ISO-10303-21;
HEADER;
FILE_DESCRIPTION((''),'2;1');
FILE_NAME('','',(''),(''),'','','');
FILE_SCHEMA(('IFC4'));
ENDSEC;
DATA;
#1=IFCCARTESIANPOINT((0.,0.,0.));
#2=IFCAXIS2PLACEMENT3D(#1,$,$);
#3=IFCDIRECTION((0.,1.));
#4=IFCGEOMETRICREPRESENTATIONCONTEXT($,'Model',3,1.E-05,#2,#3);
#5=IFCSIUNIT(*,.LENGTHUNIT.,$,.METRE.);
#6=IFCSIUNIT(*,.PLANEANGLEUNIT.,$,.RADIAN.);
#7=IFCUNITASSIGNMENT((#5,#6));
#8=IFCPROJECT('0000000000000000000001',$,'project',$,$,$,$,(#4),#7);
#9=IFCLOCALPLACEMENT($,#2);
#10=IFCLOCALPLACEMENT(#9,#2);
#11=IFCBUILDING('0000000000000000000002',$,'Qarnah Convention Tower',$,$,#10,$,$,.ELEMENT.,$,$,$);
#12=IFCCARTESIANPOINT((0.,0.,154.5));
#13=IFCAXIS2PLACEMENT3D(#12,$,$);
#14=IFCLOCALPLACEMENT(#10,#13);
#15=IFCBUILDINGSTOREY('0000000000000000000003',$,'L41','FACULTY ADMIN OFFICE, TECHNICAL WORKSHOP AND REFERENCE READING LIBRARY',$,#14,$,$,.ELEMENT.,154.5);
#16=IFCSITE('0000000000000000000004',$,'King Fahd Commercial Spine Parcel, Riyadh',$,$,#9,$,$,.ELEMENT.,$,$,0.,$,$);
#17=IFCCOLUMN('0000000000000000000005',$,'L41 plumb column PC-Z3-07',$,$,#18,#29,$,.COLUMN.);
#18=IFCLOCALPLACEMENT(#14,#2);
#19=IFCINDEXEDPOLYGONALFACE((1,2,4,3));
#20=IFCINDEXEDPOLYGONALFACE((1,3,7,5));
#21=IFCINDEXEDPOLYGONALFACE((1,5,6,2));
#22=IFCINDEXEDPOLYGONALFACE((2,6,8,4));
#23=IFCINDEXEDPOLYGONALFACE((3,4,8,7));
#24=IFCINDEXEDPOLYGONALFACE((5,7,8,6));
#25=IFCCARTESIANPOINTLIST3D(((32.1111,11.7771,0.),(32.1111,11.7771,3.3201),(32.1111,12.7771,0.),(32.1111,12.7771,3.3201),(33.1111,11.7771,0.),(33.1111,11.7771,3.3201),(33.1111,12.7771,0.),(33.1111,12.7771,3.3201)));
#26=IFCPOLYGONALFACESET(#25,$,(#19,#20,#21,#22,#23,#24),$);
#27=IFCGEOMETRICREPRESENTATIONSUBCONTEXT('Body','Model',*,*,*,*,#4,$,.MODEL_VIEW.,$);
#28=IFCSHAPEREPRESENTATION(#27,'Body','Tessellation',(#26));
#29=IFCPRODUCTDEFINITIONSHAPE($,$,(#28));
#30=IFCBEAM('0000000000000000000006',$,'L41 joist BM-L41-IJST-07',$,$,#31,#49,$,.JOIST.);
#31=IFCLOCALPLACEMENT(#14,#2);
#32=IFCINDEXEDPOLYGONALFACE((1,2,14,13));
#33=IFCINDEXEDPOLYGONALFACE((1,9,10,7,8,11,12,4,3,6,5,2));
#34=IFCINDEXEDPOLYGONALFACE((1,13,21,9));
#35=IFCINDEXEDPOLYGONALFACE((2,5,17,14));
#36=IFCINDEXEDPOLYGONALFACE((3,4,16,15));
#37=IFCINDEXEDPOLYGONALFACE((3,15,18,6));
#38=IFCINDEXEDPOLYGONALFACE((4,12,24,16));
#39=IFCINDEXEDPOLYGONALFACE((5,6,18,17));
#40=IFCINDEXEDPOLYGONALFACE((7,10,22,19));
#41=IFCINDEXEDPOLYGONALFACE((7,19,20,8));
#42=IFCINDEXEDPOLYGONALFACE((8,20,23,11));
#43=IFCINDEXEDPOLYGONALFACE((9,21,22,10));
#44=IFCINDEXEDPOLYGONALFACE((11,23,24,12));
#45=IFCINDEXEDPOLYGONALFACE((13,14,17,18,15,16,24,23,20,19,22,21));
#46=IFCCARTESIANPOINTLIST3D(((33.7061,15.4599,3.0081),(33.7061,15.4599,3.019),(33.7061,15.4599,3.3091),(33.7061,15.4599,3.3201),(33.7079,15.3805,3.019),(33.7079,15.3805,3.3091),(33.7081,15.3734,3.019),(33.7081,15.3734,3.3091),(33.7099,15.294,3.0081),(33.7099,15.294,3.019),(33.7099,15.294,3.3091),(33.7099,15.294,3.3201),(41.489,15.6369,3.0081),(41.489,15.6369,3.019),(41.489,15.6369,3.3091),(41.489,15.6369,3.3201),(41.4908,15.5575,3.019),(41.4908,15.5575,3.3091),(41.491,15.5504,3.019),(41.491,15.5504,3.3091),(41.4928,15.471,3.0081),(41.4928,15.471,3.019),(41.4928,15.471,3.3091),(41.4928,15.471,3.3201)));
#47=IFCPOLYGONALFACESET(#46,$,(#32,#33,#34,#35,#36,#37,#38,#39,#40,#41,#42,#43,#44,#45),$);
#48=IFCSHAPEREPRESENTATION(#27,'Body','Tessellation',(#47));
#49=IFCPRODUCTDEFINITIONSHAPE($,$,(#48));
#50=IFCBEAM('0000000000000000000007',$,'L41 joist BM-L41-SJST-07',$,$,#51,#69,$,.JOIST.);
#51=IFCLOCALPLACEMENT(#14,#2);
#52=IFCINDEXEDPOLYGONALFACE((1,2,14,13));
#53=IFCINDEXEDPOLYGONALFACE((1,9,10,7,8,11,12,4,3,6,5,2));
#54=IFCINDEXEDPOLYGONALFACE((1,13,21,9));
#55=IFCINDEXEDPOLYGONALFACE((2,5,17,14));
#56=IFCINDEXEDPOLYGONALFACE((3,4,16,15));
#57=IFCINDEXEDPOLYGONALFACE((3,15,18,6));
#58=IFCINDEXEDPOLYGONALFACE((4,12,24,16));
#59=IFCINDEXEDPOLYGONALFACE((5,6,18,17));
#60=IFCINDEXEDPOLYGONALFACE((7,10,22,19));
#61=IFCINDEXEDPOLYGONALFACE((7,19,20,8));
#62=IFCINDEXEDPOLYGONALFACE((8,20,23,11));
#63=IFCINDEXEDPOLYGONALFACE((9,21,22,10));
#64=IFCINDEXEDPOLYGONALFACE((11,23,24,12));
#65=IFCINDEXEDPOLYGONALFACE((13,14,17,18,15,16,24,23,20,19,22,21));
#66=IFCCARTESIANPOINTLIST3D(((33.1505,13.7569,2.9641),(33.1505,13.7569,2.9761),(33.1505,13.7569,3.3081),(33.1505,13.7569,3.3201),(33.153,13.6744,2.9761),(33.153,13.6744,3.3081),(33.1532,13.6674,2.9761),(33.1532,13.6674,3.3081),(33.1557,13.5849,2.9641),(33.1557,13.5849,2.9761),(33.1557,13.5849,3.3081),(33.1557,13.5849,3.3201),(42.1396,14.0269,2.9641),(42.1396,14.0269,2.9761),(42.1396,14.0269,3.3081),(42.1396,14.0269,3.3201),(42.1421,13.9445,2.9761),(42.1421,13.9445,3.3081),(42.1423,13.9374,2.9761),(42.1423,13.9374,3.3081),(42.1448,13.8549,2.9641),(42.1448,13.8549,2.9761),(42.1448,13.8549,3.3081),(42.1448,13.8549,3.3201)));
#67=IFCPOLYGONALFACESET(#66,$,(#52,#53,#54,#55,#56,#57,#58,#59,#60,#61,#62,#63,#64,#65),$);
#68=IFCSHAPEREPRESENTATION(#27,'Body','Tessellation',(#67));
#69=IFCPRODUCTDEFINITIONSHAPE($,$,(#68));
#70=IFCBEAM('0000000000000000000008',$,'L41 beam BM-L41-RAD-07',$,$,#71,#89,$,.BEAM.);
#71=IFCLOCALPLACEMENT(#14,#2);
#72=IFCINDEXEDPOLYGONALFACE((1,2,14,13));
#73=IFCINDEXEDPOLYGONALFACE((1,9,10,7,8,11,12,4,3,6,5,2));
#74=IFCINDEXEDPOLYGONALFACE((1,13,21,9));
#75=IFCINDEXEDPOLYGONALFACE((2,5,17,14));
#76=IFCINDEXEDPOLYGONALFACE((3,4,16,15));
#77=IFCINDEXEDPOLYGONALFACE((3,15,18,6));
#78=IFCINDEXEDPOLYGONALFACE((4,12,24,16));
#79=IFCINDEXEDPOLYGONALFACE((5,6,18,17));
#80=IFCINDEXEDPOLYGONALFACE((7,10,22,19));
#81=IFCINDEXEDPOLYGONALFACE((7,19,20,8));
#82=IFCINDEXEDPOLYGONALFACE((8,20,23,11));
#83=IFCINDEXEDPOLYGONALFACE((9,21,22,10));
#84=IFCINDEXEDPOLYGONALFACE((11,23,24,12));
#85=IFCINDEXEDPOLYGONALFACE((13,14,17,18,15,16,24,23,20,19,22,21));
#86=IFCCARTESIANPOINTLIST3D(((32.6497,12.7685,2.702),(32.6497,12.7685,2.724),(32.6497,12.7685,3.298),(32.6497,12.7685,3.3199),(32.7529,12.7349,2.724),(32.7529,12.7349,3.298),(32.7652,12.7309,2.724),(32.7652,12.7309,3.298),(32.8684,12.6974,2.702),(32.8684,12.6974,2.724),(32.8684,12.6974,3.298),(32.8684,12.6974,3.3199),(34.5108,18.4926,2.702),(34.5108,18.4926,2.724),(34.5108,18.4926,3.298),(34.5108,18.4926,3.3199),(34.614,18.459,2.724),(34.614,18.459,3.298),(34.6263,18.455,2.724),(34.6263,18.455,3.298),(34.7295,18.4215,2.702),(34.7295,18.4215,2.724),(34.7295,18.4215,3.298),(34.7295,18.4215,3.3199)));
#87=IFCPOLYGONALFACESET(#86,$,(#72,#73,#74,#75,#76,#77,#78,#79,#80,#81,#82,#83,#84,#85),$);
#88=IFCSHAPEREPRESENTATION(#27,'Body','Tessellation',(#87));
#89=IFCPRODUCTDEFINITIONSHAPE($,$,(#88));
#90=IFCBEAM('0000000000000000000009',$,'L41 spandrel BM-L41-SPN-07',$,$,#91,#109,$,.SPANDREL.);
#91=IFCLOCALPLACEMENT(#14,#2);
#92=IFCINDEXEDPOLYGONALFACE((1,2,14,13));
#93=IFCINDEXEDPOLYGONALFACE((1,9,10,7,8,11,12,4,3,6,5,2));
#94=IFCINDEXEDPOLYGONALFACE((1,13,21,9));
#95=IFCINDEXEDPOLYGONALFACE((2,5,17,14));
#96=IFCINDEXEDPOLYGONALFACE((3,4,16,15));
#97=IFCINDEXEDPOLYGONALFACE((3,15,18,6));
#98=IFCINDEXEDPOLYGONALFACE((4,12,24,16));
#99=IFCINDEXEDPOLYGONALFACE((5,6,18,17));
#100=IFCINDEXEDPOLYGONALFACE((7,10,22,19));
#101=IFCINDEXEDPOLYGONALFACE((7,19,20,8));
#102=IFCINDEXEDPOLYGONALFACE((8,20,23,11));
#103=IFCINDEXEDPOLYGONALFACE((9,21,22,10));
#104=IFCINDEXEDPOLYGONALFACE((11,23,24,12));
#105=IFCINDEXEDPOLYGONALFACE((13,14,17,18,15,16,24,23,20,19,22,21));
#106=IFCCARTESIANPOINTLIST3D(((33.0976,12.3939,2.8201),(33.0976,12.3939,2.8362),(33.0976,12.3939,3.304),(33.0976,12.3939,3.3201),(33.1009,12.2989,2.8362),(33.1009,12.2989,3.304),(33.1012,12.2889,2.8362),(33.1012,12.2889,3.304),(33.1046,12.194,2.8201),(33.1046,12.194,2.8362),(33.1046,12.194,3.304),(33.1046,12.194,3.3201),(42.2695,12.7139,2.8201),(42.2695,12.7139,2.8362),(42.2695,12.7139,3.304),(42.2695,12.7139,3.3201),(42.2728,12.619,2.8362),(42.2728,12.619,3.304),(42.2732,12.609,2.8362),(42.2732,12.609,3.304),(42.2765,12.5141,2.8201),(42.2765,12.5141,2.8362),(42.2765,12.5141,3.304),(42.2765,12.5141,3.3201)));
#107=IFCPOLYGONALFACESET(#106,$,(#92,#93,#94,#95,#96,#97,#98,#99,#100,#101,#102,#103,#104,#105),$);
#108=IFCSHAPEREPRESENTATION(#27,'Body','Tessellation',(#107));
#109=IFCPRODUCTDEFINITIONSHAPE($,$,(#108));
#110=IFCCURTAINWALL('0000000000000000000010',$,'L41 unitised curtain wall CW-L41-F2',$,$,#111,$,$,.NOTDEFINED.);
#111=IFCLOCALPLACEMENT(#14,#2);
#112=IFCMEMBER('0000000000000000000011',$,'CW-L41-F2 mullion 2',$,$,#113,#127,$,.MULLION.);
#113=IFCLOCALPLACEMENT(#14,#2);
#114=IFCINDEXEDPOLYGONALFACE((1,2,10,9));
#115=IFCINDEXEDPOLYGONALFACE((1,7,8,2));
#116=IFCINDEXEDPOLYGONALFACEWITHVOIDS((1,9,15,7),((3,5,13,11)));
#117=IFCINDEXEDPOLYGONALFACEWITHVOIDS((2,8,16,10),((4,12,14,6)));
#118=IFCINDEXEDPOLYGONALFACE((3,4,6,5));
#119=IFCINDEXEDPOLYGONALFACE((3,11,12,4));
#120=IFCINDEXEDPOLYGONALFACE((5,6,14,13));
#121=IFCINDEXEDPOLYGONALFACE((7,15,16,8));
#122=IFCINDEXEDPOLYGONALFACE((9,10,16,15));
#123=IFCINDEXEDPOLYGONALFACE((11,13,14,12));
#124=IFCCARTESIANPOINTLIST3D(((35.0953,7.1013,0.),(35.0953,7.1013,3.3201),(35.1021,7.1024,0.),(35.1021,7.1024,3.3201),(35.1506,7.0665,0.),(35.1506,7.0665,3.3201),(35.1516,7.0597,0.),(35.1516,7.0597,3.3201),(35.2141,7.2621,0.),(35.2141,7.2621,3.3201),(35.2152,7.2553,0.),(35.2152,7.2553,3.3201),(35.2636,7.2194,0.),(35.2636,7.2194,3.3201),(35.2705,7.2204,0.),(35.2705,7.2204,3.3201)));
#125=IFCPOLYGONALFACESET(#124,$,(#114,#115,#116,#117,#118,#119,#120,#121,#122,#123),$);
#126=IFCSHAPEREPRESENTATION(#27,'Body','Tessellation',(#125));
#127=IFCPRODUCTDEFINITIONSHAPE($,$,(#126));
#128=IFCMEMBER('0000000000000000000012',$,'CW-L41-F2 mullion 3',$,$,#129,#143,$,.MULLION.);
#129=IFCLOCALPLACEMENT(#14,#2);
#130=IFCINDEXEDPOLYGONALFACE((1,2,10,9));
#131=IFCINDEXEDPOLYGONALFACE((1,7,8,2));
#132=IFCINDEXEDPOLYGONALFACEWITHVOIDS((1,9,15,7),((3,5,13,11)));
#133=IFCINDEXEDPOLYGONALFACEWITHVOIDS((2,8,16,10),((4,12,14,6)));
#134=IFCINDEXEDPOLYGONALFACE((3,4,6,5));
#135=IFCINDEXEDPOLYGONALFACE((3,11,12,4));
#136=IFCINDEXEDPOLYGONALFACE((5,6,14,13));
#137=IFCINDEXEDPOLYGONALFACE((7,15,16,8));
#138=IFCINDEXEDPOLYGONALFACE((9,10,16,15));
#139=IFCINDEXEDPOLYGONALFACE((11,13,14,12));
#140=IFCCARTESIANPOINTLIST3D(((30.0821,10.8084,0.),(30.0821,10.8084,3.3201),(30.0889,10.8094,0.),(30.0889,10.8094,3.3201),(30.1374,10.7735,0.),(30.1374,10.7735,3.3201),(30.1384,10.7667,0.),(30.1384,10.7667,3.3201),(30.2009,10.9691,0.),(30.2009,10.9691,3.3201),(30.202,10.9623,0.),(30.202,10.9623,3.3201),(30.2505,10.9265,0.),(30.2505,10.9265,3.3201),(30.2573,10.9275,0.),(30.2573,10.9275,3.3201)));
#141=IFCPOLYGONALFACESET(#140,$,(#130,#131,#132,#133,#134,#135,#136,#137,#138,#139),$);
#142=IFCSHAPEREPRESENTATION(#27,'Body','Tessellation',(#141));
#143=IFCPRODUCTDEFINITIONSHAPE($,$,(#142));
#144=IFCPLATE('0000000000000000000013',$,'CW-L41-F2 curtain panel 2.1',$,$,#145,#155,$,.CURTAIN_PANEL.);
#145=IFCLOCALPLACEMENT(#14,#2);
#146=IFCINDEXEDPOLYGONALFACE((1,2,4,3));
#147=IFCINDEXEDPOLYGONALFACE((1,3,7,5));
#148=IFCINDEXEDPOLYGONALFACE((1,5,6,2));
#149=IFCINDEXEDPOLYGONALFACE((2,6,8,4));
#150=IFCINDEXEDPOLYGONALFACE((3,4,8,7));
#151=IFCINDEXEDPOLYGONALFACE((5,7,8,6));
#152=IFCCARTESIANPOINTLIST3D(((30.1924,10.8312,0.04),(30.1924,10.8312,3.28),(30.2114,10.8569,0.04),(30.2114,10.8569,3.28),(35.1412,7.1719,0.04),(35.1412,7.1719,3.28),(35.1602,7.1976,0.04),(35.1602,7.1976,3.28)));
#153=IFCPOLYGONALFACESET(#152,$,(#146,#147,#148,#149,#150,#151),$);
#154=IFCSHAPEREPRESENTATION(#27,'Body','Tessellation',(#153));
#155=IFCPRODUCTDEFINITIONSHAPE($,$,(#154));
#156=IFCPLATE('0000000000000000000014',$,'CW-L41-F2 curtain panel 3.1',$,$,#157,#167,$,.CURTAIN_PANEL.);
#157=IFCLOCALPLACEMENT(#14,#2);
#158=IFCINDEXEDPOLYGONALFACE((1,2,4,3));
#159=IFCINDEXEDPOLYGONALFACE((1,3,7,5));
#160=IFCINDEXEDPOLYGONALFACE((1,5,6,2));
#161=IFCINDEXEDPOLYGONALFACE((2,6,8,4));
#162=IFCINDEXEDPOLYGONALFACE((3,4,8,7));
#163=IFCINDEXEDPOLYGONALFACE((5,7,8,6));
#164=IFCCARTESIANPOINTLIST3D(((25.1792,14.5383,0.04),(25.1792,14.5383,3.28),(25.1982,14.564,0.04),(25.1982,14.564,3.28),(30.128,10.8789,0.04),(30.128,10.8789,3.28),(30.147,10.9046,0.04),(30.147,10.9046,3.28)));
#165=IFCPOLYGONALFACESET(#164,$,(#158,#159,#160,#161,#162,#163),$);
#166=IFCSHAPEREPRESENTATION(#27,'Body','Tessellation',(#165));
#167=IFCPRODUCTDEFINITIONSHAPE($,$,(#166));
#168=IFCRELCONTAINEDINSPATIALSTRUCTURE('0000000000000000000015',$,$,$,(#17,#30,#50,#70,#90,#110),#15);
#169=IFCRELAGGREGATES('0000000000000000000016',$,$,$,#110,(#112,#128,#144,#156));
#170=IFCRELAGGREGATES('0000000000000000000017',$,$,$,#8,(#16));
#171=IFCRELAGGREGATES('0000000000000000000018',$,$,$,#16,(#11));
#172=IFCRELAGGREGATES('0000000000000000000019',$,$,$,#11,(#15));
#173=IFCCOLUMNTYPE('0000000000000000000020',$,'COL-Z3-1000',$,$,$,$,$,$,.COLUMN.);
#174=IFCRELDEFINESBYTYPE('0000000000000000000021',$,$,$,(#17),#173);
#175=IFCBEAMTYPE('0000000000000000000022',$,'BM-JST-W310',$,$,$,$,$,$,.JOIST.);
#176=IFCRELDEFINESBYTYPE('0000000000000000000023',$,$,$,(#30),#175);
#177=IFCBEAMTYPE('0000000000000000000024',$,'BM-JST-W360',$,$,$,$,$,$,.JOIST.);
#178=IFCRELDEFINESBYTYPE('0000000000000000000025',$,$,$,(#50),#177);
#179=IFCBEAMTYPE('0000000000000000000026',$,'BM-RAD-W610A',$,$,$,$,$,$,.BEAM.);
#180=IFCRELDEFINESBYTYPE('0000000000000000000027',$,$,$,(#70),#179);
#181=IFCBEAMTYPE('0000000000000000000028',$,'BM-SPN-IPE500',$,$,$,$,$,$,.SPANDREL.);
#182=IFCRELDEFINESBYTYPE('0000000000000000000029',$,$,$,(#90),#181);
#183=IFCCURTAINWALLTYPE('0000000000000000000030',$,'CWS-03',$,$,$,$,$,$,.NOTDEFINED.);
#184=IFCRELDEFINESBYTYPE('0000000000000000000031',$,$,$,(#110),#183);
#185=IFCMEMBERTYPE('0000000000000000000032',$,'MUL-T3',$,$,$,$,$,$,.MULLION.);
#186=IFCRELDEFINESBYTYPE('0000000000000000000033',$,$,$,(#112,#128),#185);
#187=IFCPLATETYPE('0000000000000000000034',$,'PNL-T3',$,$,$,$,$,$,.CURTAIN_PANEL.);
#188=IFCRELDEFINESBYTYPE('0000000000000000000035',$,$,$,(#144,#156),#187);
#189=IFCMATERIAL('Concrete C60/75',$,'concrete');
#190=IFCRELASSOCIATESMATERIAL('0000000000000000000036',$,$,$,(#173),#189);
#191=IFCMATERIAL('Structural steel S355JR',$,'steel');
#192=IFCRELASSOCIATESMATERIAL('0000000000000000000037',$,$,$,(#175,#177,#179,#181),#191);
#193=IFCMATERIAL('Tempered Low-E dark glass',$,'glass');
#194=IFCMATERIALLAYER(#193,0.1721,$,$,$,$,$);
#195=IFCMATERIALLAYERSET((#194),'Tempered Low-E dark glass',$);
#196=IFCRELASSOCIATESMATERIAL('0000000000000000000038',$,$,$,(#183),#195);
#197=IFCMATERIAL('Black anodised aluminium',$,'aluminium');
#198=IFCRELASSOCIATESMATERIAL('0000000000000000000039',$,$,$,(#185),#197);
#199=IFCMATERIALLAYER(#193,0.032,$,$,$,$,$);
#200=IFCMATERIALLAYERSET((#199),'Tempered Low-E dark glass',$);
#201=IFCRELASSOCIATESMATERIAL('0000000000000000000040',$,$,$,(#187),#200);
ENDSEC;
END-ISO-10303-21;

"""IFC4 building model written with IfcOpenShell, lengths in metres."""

from ifc_helpers import new_model, si_unit, direction, frame, origin, origin_2d, place, context, subcontext, project, spatial, rectangle, hollow_rectangle, i_section, extrude, material, layer, layer_set, material_profile, profile_set, type_object, element, aggregate, save


model = new_model("IFC4")

# Units and contexts
model_context = context("Model", 3, precision=1e-05, world=origin(), true_north=direction((0.0, 1.0)))
body_context = subcontext(model_context, "Body", "Model", "MODEL_VIEW")
ifc_project = project(units=[si_unit("LENGTHUNIT", "METRE"), si_unit("PLANEANGLEUNIT", "RADIAN")], contexts=[model_context])

# Site, building, storey
site_placement = place(None, origin())
site = spatial("IfcSite", under=ifc_project, at=site_placement, Name="King Fahd Commercial Spine Parcel, Riyadh", CompositionType="ELEMENT", RefElevation=0.0)
building_placement = place(site_placement, origin())
building = spatial("IfcBuilding", under=site, at=building_placement, Name="Qarnah Convention Tower", CompositionType="ELEMENT")
storey_placement = place(building_placement, frame((0.0, 0.0, 154.5)))
storey = spatial("IfcBuildingStorey", under=building, at=storey_placement, Name="L41", Description="FACULTY ADMIN OFFICE, TECHNICAL WORKSHOP AND REFERENCE READING LIBRARY", CompositionType="ELEMENT", Elevation=154.5)

# Column
ifc_material_1 = material(Name="Concrete C60/75", Category="concrete")
ifc_material_profile_1 = material_profile(ifc_material_1, rectangle(XDim=1.0, YDim=1.0, at=origin_2d()), Name="RC-COL-1000X1000")
ifc_profile_set_1 = profile_set([ifc_material_profile_1], Name="Concrete C60/75")
column_type = type_object("IfcColumnType", Name="COL-Z3-1000", PredefinedType="COLUMN", material=ifc_profile_set_1)
column_placement = place(storey_placement, frame((32.6111, 12.2771, 0.0), z_axis=(0.0, 0.0, 1.0), x_axis=(1.0, 0.0, 0.0)))
element("IfcColumn", 1, at=column_placement, inside=storey, type_object=column_type, Name="L41 plumb column PC-Z3-07", PredefinedType="COLUMN", context=body_context, shape_type="SweptSolid", body=[
    extrude(rectangle(XDim=1.0, YDim=1.0, at=origin_2d()), origin(), (0.0, 0.0, 1.0), 3.3201),
])

# Beams
ifc_material_2 = material(Name="Structural steel S355JR", Category="steel")
ifc_material_profile_2 = material_profile(ifc_material_2, i_section(OverallWidth=0.166, OverallDepth=0.312, WebThickness=0.0071, FlangeThickness=0.011, at=origin_2d()), Name="W310X45")
ifc_profile_set_2 = profile_set([ifc_material_profile_2], Name="Structural steel S355JR")
beam_type_1 = type_object("IfcBeamType", Name="BM-JST-W310", PredefinedType="JOIST", material=ifc_profile_set_2)
beam_1_placement = place(storey_placement, frame((33.708, 15.377, 3.1641), z_axis=(0.999741, 0.022736, 0.0), x_axis=(-0.022736, 0.999741, 0.0)))
element("IfcBeam", 2, at=beam_1_placement, inside=storey, type_object=beam_type_1, Name="L41 joist BM-L41-IJST-07", PredefinedType="JOIST", context=body_context, shape_type="SweptSolid", body=[
    extrude(i_section(OverallWidth=0.166, OverallDepth=0.312, WebThickness=0.0071, FlangeThickness=0.011, at=origin_2d()), origin(), (0.0, 0.0, 1.0), 7.7849),
])
ifc_material_profile_3 = material_profile(ifc_material_2, i_section(OverallWidth=0.1721, OverallDepth=0.356, WebThickness=0.0071, FlangeThickness=0.012, at=origin_2d()), Name="W360X51")
ifc_profile_set_3 = profile_set([ifc_material_profile_3], Name="Structural steel S355JR")
beam_type_2 = type_object("IfcBeamType", Name="BM-JST-W360", PredefinedType="JOIST", material=ifc_profile_set_3)
beam_2_placement = place(storey_placement, frame((33.1531, 13.6709, 3.1421), z_axis=(0.999549, 0.030025, 0.0), x_axis=(-0.030025, 0.999549, 0.0)))
element("IfcBeam", 3, at=beam_2_placement, inside=storey, type_object=beam_type_2, Name="L41 joist BM-L41-SJST-07", PredefinedType="JOIST", context=body_context, shape_type="SweptSolid", body=[
    extrude(i_section(OverallWidth=0.1721, OverallDepth=0.356, WebThickness=0.0071, FlangeThickness=0.012, at=origin_2d()), origin(), (0.0, 0.0, 1.0), 8.9932),
])
ifc_material_profile_4 = material_profile(ifc_material_2, i_section(OverallWidth=0.23, OverallDepth=0.6179, WebThickness=0.0129, FlangeThickness=0.022, at=origin_2d()), Name="W610X140")
ifc_profile_set_4 = profile_set([ifc_material_profile_4], Name="Structural steel S355JR")
beam_type_3 = type_object("IfcBeamType", Name="BM-RAD-W610A", PredefinedType="BEAM", material=ifc_profile_set_4)
beam_3_placement = place(storey_placement, frame((34.6201, 18.457, 3.011), z_axis=(-0.309198, -0.950998, 0.0), x_axis=(0.950998, -0.309198, 0.0)))
element("IfcBeam", 4, at=beam_3_placement, inside=storey, type_object=beam_type_3, Name="L41 beam BM-L41-RAD-07", PredefinedType="BEAM", context=body_context, shape_type="SweptSolid", body=[
    extrude(i_section(OverallWidth=0.23, OverallDepth=0.6179, WebThickness=0.0129, FlangeThickness=0.022, at=origin_2d()), origin(), (0.0, 0.0, 1.0), 6.019),
])
ifc_material_profile_5 = material_profile(ifc_material_2, i_section(OverallWidth=0.2, OverallDepth=0.5, WebThickness=0.01, FlangeThickness=0.0161, at=origin_2d()), Name="IPE500")
ifc_profile_set_5 = profile_set([ifc_material_profile_5], Name="Structural steel S355JR")
beam_type_4 = type_object("IfcBeamType", Name="BM-SPN-IPE500", PredefinedType="SPANDREL", material=ifc_profile_set_5)
beam_4_placement = place(storey_placement, frame((33.1011, 12.2939, 3.0701), z_axis=(0.999392, 0.034875, 0.0), x_axis=(-0.034875, 0.999392, 0.0)))
element("IfcBeam", 5, at=beam_4_placement, inside=storey, type_object=beam_type_4, Name="L41 spandrel BM-L41-SPN-07", PredefinedType="SPANDREL", context=body_context, shape_type="SweptSolid", body=[
    extrude(i_section(OverallWidth=0.2, OverallDepth=0.5, WebThickness=0.01, FlangeThickness=0.0161, at=origin_2d()), origin(), (0.0, 0.0, 1.0), 9.1775),
])

# Curtain wall, members, plates
ifc_material_3 = material(Name="Tempered Low-E dark glass", Category="glass")
ifc_layer_1 = layer(ifc_material_3, 0.1721)
ifc_layer_set_1 = layer_set([ifc_layer_1], Name="Tempered Low-E dark glass")
curtain_wall_type = type_object("IfcCurtainWallType", Name="CWS-03", PredefinedType="NOTDEFINED", material=ifc_layer_set_1)
curtain_wall_placement = place(storey_placement, origin())
curtain_wall = element("IfcCurtainWall", 6, at=curtain_wall_placement, inside=storey, type_object=curtain_wall_type, Name="L41 unitised curtain wall CW-L41-F2", PredefinedType="NOTDEFINED")
ifc_material_4 = material(Name="Black anodised aluminium", Category="aluminium")
ifc_material_profile_6 = material_profile(ifc_material_4, hollow_rectangle(XDim=0.0701, YDim=0.2, WallThickness=0.0049, at=origin_2d()), Name="MUL-70X200")
ifc_profile_set_6 = profile_set([ifc_material_profile_6], Name="Black anodised aluminium")
member_type = type_object("IfcMemberType", Name="MUL-T3", PredefinedType="MULLION", material=ifc_profile_set_6)
member_1_placement = place(storey_placement, frame((35.1829, 7.1609, 0.0), z_axis=(0.0, 0.0, 1.0), x_axis=(-0.804054, 0.594556, 0.0)))
member_1 = element("IfcMember", 7, at=member_1_placement, type_object=member_type, Name="CW-L41-F2 mullion 2", PredefinedType="MULLION", context=body_context, shape_type="SweptSolid", body=[
    extrude(hollow_rectangle(XDim=0.0701, YDim=0.2, WallThickness=0.0049, at=origin_2d()), origin(), (0.0, 0.0, 1.0), 3.3201),
])
member_2_placement = place(storey_placement, frame((30.1697, 10.8679, 0.0), z_axis=(0.0, 0.0, 1.0), x_axis=(-0.804054, 0.594556, 0.0)))
member_2 = element("IfcMember", 8, at=member_2_placement, type_object=member_type, Name="CW-L41-F2 mullion 3", PredefinedType="MULLION", context=body_context, shape_type="SweptSolid", body=[
    extrude(hollow_rectangle(XDim=0.0701, YDim=0.2, WallThickness=0.0049, at=origin_2d()), origin(), (0.0, 0.0, 1.0), 3.3201),
])
ifc_layer_2 = layer(ifc_material_3, 0.032)
ifc_layer_set_2 = layer_set([ifc_layer_2], Name="Tempered Low-E dark glass")
plate_type = type_object("IfcPlateType", Name="PNL-T3", PredefinedType="CURTAIN_PANEL", material=ifc_layer_set_2)
plate_1_placement = place(storey_placement, frame((32.6763, 9.0144, 0.04), z_axis=(0.0, 0.0, 1.0), x_axis=(-0.804054, 0.594556, 0.0)))
plate_1 = element("IfcPlate", 9, at=plate_1_placement, type_object=plate_type, Name="CW-L41-F2 curtain panel 2.1", PredefinedType="CURTAIN_PANEL", context=body_context, shape_type="SweptSolid", body=[
    extrude(rectangle(XDim=6.1548, YDim=0.032, at=origin_2d()), origin(), (0.0, 0.0, 1.0), 3.24),
])
plate_2_placement = place(storey_placement, frame((27.6631, 12.7214, 0.04), z_axis=(0.0, 0.0, 1.0), x_axis=(-0.804054, 0.594556, 0.0)))
plate_2 = element("IfcPlate", 10, at=plate_2_placement, type_object=plate_type, Name="CW-L41-F2 curtain panel 3.1", PredefinedType="CURTAIN_PANEL", context=body_context, shape_type="SweptSolid", body=[
    extrude(rectangle(XDim=6.1548, YDim=0.032, at=origin_2d()), origin(), (0.0, 0.0, 1.0), 3.24),
])
aggregate(curtain_wall, [member_1, member_2, plate_1, plate_2])

save(model, "model.ifc")
